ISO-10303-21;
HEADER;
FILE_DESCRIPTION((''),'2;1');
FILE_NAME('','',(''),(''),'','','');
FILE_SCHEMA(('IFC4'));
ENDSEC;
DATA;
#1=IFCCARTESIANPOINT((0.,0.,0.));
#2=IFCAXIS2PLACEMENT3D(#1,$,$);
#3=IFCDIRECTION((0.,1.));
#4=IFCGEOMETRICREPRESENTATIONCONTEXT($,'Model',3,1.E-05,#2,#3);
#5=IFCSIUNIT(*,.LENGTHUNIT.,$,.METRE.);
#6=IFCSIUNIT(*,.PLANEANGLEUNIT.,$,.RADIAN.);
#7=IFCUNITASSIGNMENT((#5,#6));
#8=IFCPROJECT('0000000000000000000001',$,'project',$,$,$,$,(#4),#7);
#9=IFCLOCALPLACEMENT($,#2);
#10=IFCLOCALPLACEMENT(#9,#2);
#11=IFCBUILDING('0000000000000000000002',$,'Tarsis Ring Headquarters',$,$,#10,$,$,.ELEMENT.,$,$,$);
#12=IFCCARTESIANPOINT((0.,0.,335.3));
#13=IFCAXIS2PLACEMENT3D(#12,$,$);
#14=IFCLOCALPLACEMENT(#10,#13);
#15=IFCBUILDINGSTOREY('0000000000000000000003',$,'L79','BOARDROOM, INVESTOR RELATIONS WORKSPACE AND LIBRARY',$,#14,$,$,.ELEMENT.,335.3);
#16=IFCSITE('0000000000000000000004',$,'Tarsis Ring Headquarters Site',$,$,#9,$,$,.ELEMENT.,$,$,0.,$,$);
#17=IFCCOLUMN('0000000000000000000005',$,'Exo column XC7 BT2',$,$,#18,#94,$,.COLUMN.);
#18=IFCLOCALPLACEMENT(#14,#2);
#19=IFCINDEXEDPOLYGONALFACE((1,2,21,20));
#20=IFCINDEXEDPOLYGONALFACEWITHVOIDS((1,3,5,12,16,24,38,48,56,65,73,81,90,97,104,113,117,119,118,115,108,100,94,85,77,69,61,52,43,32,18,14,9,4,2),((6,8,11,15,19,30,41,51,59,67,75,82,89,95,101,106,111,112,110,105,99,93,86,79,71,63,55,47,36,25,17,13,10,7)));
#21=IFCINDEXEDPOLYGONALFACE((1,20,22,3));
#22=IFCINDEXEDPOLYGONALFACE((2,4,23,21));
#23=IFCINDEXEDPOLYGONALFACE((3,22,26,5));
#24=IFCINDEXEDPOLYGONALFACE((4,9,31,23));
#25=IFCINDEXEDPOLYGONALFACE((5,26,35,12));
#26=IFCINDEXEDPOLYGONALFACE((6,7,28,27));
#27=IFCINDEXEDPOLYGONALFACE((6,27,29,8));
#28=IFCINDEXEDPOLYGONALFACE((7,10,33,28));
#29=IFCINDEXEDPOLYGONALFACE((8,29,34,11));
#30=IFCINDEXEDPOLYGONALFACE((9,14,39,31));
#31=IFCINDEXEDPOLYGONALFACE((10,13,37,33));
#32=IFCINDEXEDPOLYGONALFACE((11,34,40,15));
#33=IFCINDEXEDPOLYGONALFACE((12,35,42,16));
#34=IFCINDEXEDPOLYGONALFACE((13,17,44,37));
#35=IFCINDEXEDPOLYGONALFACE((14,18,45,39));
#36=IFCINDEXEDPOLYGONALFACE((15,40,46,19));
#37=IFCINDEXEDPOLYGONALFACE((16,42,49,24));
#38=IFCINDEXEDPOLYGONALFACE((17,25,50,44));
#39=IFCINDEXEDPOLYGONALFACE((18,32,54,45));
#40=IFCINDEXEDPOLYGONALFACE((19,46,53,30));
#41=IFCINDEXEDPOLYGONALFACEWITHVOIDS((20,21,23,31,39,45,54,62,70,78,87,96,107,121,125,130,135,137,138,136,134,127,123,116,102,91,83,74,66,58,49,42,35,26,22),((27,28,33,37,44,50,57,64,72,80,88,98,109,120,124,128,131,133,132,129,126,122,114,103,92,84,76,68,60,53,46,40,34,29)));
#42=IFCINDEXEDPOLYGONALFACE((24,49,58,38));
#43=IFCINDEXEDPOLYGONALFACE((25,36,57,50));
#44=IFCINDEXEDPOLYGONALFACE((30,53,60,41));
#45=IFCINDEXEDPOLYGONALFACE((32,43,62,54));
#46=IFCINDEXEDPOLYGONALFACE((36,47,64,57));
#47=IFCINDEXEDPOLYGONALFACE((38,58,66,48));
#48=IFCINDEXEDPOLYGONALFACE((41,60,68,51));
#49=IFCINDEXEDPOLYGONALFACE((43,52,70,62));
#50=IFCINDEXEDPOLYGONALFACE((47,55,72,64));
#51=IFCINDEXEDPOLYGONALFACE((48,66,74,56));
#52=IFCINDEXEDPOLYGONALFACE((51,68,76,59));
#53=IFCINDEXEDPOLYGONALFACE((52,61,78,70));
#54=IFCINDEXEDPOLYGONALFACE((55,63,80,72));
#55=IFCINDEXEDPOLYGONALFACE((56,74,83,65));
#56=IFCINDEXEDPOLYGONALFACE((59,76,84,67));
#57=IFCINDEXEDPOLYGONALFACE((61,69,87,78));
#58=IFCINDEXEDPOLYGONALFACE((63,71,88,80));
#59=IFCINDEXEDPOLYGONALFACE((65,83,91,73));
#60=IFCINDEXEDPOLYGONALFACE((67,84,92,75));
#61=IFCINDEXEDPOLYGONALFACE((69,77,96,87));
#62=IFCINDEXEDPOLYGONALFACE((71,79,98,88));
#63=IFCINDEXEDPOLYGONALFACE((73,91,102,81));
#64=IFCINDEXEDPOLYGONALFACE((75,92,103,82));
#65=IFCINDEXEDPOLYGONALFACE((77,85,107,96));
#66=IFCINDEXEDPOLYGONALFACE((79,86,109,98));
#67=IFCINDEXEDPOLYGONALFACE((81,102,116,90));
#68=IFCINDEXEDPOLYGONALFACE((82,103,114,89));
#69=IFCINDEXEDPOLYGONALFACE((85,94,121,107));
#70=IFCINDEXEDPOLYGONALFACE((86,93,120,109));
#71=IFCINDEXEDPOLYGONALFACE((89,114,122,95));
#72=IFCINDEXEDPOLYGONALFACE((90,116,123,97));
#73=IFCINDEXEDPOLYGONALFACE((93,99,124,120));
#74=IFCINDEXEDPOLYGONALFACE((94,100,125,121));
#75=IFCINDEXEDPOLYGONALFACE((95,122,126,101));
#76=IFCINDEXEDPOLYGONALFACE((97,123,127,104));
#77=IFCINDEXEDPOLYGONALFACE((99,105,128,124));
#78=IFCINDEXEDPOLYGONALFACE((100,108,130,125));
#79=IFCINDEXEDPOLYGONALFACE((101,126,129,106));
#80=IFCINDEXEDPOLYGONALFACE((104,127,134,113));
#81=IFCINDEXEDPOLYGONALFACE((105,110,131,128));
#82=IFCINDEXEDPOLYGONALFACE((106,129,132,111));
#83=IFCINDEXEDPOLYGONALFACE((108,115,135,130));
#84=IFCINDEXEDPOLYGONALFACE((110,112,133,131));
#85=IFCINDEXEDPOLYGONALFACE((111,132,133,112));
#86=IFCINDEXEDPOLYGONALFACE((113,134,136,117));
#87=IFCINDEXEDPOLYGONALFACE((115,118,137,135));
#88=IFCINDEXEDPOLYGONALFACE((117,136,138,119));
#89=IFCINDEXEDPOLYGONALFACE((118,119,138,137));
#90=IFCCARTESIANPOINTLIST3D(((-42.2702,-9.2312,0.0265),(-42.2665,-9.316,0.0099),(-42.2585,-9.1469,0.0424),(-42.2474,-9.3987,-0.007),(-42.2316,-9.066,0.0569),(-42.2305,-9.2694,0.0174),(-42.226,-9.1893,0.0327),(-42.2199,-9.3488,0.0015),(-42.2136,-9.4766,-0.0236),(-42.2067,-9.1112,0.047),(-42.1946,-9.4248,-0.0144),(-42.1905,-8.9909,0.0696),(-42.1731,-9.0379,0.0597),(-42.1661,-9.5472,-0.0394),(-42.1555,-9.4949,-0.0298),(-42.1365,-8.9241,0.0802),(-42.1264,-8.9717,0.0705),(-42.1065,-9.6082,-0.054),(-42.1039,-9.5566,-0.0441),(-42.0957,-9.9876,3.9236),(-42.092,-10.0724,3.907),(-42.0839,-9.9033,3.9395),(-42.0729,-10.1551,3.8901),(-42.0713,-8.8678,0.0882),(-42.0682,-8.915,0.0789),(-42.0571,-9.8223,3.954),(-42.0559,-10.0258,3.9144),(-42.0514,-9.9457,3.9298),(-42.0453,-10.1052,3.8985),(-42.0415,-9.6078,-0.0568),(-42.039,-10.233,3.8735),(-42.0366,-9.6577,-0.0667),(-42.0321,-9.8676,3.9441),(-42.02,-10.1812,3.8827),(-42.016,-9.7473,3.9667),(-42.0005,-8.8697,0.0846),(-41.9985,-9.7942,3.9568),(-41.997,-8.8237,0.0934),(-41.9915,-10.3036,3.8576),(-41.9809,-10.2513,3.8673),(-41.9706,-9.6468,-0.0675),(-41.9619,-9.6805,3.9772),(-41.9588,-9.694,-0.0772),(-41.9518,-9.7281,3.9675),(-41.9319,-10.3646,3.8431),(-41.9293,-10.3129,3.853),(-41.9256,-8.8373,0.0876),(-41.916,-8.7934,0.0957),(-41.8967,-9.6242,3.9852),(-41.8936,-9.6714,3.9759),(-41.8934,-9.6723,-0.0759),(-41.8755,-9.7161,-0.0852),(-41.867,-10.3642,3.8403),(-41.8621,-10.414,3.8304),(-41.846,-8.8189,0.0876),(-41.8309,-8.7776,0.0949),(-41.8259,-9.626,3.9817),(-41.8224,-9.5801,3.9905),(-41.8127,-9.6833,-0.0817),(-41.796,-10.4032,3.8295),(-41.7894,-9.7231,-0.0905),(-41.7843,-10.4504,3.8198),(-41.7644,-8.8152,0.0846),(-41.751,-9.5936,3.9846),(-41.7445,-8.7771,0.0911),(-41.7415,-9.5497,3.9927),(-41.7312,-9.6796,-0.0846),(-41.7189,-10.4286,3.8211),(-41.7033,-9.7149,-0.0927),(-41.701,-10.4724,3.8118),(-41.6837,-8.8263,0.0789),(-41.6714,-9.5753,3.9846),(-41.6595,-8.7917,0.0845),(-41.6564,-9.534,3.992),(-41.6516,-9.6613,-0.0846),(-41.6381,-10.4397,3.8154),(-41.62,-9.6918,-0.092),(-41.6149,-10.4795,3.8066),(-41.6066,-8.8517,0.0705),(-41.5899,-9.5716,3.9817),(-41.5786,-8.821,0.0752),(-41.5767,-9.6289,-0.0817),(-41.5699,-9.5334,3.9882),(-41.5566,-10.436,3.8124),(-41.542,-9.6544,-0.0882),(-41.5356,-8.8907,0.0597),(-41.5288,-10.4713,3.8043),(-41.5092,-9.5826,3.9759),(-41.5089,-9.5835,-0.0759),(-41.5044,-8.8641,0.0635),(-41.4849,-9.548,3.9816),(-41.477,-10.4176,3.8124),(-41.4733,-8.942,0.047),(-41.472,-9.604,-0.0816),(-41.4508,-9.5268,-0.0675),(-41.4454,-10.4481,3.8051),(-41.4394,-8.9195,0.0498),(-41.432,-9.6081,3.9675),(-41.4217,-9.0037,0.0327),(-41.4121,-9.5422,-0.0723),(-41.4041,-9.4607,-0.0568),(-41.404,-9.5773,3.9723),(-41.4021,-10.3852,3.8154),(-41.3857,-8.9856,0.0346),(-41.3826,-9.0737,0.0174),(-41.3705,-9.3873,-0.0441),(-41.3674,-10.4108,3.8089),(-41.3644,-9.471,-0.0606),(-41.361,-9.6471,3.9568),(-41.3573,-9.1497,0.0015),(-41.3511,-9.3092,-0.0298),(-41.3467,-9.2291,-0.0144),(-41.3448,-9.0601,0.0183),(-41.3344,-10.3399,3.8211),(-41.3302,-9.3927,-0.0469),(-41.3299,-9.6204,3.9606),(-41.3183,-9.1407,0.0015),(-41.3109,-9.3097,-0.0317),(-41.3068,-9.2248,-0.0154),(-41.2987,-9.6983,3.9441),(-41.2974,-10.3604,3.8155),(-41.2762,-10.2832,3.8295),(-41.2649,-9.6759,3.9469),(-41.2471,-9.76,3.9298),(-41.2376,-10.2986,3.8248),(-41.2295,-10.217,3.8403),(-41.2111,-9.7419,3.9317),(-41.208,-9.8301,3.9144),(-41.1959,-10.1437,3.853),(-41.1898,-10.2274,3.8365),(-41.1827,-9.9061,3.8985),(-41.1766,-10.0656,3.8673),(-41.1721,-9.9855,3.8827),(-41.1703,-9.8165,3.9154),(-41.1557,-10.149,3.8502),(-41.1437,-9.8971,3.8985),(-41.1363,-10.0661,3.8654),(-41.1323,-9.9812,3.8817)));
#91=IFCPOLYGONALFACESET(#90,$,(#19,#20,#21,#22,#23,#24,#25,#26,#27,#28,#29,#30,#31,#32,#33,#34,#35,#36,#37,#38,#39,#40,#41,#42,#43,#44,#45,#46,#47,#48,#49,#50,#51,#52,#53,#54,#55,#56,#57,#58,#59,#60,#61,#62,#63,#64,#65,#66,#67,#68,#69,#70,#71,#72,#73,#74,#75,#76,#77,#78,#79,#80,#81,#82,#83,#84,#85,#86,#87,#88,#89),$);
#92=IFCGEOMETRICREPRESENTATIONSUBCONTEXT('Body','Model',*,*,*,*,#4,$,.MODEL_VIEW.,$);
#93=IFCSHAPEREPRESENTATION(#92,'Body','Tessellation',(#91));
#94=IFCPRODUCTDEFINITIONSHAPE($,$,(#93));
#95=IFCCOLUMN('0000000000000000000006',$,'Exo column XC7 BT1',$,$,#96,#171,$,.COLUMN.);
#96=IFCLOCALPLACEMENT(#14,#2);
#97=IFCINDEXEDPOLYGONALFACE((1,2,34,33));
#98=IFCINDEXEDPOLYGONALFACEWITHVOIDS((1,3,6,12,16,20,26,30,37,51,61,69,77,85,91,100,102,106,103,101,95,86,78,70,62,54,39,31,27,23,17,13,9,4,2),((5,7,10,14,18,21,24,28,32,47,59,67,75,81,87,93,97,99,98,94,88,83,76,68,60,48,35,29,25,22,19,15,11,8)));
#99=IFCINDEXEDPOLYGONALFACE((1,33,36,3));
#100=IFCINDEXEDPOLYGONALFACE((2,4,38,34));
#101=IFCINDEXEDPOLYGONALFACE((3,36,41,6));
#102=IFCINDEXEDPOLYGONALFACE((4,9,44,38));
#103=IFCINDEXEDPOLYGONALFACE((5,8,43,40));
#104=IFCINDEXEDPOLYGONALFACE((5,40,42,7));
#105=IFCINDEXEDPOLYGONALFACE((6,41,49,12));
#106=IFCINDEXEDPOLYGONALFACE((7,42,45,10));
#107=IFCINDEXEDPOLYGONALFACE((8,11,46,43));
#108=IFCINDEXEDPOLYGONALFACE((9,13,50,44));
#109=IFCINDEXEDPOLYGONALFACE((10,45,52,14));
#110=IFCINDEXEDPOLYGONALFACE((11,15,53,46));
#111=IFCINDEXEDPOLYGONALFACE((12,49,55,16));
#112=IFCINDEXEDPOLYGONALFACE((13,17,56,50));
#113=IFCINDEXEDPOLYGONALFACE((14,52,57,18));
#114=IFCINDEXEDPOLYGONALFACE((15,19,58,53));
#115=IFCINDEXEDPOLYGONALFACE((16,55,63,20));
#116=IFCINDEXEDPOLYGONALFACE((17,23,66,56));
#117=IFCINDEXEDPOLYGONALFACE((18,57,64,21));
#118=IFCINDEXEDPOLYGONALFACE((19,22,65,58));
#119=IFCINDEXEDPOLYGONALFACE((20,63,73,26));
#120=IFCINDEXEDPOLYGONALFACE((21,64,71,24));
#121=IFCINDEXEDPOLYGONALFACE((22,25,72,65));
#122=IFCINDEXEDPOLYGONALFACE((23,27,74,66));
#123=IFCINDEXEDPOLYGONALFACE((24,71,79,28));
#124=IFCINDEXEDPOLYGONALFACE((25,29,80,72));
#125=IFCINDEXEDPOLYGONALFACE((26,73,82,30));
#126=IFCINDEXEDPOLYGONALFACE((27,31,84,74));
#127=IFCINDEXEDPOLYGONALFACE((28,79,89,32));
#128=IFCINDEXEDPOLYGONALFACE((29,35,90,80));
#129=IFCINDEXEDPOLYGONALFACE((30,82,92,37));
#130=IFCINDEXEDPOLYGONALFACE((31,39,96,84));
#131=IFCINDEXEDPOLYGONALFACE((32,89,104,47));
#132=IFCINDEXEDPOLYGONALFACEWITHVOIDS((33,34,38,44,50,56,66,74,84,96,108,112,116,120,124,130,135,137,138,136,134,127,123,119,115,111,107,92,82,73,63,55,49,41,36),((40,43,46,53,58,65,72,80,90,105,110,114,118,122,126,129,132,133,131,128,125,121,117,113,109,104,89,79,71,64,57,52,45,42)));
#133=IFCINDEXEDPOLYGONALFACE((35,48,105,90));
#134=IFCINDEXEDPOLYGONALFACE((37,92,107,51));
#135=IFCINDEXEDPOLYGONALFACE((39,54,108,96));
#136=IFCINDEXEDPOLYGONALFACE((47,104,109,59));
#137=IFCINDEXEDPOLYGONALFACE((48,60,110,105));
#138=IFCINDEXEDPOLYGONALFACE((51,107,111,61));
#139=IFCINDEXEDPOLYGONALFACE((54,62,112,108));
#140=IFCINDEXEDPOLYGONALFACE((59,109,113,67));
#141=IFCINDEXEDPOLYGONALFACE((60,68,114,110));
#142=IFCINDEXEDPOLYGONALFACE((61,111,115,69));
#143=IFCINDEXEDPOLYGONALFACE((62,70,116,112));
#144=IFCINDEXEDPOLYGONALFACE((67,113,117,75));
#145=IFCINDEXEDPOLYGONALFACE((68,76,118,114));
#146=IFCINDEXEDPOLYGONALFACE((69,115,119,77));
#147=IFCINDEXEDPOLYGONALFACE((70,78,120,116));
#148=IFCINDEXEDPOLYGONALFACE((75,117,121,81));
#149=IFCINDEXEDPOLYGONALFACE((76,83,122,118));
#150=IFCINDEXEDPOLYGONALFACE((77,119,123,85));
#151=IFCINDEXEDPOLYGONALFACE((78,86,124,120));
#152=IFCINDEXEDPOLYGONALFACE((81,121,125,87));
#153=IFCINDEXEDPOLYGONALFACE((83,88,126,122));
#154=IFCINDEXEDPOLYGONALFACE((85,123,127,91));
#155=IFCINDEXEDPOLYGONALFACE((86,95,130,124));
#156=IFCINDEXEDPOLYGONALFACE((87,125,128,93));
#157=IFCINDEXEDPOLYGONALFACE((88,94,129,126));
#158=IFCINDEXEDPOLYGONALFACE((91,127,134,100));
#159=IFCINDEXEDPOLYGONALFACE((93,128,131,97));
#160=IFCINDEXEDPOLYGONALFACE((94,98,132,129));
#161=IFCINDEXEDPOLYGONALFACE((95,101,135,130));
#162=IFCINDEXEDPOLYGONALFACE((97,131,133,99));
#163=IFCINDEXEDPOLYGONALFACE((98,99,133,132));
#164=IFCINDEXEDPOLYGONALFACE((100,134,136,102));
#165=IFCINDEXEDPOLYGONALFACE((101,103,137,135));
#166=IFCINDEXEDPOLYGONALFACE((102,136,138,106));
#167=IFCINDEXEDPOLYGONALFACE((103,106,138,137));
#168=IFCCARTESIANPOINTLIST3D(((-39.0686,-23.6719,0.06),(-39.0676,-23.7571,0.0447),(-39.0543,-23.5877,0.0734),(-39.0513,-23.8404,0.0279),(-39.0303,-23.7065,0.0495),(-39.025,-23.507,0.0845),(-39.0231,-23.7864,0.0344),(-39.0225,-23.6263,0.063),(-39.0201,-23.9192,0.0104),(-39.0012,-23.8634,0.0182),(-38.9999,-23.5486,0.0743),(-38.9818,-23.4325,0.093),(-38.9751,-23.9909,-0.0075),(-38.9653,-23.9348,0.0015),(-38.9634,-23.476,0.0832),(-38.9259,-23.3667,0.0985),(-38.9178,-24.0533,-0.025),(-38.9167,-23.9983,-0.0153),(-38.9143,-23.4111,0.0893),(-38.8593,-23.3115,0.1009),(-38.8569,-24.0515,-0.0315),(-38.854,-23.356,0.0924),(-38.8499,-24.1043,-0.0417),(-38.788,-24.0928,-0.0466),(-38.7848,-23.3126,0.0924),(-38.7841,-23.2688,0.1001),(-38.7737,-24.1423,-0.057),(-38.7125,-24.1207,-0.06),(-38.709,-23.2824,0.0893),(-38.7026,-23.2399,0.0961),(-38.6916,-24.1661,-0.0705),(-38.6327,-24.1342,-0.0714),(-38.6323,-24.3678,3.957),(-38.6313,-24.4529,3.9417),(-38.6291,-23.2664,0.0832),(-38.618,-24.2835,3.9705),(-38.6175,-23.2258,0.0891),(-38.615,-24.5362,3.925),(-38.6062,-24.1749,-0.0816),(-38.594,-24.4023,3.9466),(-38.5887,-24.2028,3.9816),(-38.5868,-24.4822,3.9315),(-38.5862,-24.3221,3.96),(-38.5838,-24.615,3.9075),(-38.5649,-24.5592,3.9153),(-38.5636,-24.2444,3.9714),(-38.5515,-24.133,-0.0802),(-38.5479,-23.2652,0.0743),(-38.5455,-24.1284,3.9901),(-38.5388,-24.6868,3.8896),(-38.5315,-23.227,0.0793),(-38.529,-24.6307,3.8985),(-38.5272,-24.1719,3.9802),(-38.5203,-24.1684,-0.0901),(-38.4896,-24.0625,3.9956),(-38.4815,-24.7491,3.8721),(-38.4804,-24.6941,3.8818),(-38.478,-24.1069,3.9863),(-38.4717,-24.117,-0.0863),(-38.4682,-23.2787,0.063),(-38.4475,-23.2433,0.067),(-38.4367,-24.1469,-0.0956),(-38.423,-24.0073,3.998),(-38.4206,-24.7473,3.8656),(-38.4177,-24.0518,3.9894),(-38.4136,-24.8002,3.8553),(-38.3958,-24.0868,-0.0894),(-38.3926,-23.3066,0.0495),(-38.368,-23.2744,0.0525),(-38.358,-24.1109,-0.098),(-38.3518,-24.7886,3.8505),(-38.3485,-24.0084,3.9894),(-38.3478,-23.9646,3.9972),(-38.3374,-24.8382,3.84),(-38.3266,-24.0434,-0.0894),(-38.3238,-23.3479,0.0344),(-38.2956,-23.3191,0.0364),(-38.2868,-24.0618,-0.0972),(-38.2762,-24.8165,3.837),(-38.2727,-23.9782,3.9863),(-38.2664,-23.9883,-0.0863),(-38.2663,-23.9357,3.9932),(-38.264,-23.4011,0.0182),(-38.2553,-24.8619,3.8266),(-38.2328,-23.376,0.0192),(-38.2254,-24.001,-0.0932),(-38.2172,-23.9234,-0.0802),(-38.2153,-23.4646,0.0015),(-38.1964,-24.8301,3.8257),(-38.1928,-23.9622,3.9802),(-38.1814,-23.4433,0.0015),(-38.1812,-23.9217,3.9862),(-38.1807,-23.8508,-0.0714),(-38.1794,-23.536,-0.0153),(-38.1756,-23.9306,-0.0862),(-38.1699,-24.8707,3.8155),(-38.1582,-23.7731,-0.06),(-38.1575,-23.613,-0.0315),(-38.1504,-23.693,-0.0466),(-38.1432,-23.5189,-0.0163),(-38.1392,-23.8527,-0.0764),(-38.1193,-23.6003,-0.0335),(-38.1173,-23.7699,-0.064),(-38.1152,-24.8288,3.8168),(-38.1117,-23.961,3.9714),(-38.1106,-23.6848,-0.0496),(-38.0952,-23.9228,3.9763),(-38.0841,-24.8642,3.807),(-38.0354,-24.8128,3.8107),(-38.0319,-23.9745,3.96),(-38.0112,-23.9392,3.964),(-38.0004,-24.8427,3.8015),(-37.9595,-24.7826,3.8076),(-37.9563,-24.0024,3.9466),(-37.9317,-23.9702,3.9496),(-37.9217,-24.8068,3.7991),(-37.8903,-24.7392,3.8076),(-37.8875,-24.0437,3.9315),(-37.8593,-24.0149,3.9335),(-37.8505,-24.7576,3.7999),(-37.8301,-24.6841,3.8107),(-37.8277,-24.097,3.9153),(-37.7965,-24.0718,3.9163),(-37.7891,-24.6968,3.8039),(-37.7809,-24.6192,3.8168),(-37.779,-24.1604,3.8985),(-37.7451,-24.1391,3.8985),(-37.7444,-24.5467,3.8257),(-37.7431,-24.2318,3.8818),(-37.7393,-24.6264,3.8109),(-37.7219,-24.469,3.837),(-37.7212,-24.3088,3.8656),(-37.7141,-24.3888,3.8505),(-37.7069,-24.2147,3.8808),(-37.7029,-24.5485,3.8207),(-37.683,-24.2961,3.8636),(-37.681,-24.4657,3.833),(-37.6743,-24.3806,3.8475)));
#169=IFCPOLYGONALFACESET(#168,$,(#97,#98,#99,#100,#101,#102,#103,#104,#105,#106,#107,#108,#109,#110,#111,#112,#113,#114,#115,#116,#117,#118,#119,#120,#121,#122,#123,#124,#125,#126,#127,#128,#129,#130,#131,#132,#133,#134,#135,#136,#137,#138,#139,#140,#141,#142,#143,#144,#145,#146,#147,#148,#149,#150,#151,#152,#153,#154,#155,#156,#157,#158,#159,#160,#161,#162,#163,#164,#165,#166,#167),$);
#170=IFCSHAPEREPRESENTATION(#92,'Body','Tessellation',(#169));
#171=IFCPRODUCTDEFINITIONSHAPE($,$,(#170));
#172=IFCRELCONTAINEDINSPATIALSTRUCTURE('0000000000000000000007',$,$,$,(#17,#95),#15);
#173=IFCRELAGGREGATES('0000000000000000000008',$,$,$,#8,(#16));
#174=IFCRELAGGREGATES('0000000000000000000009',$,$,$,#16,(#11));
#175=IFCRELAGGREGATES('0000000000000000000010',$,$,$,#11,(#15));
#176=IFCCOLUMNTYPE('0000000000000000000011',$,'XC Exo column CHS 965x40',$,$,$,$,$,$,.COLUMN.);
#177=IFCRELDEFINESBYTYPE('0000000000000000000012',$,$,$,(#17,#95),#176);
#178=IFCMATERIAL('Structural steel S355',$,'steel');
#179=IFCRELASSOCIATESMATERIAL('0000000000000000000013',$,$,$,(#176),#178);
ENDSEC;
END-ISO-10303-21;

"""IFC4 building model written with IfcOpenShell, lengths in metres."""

from ifc_helpers import new_model, si_unit, direction, frame, origin, origin_2d, place, context, subcontext, project, spatial, hollow_circle, extrude, material, material_profile, profile_set, type_object, element, save


model = new_model("IFC4")

# Units and contexts
model_context = context("Model", 3, precision=1e-05, world=origin(), true_north=direction((0.0, 1.0)))
body_context = subcontext(model_context, "Body", "Model", "MODEL_VIEW")
ifc_project = project(units=[si_unit("LENGTHUNIT", "METRE"), si_unit("PLANEANGLEUNIT", "RADIAN")], contexts=[model_context])

# Site, building, storey
site_placement = place(None, origin())
site = spatial("IfcSite", under=ifc_project, at=site_placement, Name="Tarsis Ring Headquarters Site", CompositionType="ELEMENT", RefElevation=0.0)
building_placement = place(site_placement, origin())
building = spatial("IfcBuilding", under=site, at=building_placement, Name="Tarsis Ring Headquarters", CompositionType="ELEMENT")
storey_placement = place(building_placement, frame((0.0, 0.0, 335.3)))
storey = spatial("IfcBuildingStorey", under=building, at=storey_placement, Name="L79", Description="BOARDROOM, INVESTOR RELATIONS WORKSPACE AND LIBRARY", CompositionType="ELEMENT", Elevation=335.3)

# Columns
ifc_material_1 = material(Name="Structural steel S355", Category="steel")
ifc_material_profile_1 = material_profile(ifc_material_1, hollow_circle(Radius=0.4827, WallThickness=0.04, at=origin_2d()), Name="CHS 965x40")
ifc_profile_set_1 = profile_set([ifc_material_profile_1], Name="Structural steel S355")
column_type = type_object("IfcColumnType", Name="XC Exo column CHS 965x40", PredefinedType="COLUMN", material=ifc_profile_set_1)
column_1_placement = place(storey_placement, frame((-41.7886, -9.2493, 0.0015), z_axis=(0.043931, -0.190347, 0.980734), x_axis=(0.974386, 0.224882, 0.0)))
element("IfcColumn", 1, at=column_1_placement, inside=storey, type_object=column_type, Name="Exo column XC7 BT2", PredefinedType="COLUMN", context=body_context, shape_type="SweptSolid", body=[
    extrude(hollow_circle(Radius=0.4827, WallThickness=0.04, at=origin_2d()), origin(), (0.0, 0.0, 1.0), 3.9736),
])
column_2_placement = place(storey_placement, frame((-38.5903, -23.6997, 0.0015), z_axis=(0.109547, -0.174711, 0.978507), x_axis=(0.847229, 0.531228, 0.0)))
element("IfcColumn", 2, at=column_2_placement, inside=storey, type_object=column_type, Name="Exo column XC7 BT1", PredefinedType="COLUMN", context=body_context, shape_type="SweptSolid", body=[
    extrude(hollow_circle(Radius=0.4827, WallThickness=0.04, at=origin_2d()), origin(), (0.0, 0.0, 1.0), 3.9827),
])

save(model, "model.ifc")
